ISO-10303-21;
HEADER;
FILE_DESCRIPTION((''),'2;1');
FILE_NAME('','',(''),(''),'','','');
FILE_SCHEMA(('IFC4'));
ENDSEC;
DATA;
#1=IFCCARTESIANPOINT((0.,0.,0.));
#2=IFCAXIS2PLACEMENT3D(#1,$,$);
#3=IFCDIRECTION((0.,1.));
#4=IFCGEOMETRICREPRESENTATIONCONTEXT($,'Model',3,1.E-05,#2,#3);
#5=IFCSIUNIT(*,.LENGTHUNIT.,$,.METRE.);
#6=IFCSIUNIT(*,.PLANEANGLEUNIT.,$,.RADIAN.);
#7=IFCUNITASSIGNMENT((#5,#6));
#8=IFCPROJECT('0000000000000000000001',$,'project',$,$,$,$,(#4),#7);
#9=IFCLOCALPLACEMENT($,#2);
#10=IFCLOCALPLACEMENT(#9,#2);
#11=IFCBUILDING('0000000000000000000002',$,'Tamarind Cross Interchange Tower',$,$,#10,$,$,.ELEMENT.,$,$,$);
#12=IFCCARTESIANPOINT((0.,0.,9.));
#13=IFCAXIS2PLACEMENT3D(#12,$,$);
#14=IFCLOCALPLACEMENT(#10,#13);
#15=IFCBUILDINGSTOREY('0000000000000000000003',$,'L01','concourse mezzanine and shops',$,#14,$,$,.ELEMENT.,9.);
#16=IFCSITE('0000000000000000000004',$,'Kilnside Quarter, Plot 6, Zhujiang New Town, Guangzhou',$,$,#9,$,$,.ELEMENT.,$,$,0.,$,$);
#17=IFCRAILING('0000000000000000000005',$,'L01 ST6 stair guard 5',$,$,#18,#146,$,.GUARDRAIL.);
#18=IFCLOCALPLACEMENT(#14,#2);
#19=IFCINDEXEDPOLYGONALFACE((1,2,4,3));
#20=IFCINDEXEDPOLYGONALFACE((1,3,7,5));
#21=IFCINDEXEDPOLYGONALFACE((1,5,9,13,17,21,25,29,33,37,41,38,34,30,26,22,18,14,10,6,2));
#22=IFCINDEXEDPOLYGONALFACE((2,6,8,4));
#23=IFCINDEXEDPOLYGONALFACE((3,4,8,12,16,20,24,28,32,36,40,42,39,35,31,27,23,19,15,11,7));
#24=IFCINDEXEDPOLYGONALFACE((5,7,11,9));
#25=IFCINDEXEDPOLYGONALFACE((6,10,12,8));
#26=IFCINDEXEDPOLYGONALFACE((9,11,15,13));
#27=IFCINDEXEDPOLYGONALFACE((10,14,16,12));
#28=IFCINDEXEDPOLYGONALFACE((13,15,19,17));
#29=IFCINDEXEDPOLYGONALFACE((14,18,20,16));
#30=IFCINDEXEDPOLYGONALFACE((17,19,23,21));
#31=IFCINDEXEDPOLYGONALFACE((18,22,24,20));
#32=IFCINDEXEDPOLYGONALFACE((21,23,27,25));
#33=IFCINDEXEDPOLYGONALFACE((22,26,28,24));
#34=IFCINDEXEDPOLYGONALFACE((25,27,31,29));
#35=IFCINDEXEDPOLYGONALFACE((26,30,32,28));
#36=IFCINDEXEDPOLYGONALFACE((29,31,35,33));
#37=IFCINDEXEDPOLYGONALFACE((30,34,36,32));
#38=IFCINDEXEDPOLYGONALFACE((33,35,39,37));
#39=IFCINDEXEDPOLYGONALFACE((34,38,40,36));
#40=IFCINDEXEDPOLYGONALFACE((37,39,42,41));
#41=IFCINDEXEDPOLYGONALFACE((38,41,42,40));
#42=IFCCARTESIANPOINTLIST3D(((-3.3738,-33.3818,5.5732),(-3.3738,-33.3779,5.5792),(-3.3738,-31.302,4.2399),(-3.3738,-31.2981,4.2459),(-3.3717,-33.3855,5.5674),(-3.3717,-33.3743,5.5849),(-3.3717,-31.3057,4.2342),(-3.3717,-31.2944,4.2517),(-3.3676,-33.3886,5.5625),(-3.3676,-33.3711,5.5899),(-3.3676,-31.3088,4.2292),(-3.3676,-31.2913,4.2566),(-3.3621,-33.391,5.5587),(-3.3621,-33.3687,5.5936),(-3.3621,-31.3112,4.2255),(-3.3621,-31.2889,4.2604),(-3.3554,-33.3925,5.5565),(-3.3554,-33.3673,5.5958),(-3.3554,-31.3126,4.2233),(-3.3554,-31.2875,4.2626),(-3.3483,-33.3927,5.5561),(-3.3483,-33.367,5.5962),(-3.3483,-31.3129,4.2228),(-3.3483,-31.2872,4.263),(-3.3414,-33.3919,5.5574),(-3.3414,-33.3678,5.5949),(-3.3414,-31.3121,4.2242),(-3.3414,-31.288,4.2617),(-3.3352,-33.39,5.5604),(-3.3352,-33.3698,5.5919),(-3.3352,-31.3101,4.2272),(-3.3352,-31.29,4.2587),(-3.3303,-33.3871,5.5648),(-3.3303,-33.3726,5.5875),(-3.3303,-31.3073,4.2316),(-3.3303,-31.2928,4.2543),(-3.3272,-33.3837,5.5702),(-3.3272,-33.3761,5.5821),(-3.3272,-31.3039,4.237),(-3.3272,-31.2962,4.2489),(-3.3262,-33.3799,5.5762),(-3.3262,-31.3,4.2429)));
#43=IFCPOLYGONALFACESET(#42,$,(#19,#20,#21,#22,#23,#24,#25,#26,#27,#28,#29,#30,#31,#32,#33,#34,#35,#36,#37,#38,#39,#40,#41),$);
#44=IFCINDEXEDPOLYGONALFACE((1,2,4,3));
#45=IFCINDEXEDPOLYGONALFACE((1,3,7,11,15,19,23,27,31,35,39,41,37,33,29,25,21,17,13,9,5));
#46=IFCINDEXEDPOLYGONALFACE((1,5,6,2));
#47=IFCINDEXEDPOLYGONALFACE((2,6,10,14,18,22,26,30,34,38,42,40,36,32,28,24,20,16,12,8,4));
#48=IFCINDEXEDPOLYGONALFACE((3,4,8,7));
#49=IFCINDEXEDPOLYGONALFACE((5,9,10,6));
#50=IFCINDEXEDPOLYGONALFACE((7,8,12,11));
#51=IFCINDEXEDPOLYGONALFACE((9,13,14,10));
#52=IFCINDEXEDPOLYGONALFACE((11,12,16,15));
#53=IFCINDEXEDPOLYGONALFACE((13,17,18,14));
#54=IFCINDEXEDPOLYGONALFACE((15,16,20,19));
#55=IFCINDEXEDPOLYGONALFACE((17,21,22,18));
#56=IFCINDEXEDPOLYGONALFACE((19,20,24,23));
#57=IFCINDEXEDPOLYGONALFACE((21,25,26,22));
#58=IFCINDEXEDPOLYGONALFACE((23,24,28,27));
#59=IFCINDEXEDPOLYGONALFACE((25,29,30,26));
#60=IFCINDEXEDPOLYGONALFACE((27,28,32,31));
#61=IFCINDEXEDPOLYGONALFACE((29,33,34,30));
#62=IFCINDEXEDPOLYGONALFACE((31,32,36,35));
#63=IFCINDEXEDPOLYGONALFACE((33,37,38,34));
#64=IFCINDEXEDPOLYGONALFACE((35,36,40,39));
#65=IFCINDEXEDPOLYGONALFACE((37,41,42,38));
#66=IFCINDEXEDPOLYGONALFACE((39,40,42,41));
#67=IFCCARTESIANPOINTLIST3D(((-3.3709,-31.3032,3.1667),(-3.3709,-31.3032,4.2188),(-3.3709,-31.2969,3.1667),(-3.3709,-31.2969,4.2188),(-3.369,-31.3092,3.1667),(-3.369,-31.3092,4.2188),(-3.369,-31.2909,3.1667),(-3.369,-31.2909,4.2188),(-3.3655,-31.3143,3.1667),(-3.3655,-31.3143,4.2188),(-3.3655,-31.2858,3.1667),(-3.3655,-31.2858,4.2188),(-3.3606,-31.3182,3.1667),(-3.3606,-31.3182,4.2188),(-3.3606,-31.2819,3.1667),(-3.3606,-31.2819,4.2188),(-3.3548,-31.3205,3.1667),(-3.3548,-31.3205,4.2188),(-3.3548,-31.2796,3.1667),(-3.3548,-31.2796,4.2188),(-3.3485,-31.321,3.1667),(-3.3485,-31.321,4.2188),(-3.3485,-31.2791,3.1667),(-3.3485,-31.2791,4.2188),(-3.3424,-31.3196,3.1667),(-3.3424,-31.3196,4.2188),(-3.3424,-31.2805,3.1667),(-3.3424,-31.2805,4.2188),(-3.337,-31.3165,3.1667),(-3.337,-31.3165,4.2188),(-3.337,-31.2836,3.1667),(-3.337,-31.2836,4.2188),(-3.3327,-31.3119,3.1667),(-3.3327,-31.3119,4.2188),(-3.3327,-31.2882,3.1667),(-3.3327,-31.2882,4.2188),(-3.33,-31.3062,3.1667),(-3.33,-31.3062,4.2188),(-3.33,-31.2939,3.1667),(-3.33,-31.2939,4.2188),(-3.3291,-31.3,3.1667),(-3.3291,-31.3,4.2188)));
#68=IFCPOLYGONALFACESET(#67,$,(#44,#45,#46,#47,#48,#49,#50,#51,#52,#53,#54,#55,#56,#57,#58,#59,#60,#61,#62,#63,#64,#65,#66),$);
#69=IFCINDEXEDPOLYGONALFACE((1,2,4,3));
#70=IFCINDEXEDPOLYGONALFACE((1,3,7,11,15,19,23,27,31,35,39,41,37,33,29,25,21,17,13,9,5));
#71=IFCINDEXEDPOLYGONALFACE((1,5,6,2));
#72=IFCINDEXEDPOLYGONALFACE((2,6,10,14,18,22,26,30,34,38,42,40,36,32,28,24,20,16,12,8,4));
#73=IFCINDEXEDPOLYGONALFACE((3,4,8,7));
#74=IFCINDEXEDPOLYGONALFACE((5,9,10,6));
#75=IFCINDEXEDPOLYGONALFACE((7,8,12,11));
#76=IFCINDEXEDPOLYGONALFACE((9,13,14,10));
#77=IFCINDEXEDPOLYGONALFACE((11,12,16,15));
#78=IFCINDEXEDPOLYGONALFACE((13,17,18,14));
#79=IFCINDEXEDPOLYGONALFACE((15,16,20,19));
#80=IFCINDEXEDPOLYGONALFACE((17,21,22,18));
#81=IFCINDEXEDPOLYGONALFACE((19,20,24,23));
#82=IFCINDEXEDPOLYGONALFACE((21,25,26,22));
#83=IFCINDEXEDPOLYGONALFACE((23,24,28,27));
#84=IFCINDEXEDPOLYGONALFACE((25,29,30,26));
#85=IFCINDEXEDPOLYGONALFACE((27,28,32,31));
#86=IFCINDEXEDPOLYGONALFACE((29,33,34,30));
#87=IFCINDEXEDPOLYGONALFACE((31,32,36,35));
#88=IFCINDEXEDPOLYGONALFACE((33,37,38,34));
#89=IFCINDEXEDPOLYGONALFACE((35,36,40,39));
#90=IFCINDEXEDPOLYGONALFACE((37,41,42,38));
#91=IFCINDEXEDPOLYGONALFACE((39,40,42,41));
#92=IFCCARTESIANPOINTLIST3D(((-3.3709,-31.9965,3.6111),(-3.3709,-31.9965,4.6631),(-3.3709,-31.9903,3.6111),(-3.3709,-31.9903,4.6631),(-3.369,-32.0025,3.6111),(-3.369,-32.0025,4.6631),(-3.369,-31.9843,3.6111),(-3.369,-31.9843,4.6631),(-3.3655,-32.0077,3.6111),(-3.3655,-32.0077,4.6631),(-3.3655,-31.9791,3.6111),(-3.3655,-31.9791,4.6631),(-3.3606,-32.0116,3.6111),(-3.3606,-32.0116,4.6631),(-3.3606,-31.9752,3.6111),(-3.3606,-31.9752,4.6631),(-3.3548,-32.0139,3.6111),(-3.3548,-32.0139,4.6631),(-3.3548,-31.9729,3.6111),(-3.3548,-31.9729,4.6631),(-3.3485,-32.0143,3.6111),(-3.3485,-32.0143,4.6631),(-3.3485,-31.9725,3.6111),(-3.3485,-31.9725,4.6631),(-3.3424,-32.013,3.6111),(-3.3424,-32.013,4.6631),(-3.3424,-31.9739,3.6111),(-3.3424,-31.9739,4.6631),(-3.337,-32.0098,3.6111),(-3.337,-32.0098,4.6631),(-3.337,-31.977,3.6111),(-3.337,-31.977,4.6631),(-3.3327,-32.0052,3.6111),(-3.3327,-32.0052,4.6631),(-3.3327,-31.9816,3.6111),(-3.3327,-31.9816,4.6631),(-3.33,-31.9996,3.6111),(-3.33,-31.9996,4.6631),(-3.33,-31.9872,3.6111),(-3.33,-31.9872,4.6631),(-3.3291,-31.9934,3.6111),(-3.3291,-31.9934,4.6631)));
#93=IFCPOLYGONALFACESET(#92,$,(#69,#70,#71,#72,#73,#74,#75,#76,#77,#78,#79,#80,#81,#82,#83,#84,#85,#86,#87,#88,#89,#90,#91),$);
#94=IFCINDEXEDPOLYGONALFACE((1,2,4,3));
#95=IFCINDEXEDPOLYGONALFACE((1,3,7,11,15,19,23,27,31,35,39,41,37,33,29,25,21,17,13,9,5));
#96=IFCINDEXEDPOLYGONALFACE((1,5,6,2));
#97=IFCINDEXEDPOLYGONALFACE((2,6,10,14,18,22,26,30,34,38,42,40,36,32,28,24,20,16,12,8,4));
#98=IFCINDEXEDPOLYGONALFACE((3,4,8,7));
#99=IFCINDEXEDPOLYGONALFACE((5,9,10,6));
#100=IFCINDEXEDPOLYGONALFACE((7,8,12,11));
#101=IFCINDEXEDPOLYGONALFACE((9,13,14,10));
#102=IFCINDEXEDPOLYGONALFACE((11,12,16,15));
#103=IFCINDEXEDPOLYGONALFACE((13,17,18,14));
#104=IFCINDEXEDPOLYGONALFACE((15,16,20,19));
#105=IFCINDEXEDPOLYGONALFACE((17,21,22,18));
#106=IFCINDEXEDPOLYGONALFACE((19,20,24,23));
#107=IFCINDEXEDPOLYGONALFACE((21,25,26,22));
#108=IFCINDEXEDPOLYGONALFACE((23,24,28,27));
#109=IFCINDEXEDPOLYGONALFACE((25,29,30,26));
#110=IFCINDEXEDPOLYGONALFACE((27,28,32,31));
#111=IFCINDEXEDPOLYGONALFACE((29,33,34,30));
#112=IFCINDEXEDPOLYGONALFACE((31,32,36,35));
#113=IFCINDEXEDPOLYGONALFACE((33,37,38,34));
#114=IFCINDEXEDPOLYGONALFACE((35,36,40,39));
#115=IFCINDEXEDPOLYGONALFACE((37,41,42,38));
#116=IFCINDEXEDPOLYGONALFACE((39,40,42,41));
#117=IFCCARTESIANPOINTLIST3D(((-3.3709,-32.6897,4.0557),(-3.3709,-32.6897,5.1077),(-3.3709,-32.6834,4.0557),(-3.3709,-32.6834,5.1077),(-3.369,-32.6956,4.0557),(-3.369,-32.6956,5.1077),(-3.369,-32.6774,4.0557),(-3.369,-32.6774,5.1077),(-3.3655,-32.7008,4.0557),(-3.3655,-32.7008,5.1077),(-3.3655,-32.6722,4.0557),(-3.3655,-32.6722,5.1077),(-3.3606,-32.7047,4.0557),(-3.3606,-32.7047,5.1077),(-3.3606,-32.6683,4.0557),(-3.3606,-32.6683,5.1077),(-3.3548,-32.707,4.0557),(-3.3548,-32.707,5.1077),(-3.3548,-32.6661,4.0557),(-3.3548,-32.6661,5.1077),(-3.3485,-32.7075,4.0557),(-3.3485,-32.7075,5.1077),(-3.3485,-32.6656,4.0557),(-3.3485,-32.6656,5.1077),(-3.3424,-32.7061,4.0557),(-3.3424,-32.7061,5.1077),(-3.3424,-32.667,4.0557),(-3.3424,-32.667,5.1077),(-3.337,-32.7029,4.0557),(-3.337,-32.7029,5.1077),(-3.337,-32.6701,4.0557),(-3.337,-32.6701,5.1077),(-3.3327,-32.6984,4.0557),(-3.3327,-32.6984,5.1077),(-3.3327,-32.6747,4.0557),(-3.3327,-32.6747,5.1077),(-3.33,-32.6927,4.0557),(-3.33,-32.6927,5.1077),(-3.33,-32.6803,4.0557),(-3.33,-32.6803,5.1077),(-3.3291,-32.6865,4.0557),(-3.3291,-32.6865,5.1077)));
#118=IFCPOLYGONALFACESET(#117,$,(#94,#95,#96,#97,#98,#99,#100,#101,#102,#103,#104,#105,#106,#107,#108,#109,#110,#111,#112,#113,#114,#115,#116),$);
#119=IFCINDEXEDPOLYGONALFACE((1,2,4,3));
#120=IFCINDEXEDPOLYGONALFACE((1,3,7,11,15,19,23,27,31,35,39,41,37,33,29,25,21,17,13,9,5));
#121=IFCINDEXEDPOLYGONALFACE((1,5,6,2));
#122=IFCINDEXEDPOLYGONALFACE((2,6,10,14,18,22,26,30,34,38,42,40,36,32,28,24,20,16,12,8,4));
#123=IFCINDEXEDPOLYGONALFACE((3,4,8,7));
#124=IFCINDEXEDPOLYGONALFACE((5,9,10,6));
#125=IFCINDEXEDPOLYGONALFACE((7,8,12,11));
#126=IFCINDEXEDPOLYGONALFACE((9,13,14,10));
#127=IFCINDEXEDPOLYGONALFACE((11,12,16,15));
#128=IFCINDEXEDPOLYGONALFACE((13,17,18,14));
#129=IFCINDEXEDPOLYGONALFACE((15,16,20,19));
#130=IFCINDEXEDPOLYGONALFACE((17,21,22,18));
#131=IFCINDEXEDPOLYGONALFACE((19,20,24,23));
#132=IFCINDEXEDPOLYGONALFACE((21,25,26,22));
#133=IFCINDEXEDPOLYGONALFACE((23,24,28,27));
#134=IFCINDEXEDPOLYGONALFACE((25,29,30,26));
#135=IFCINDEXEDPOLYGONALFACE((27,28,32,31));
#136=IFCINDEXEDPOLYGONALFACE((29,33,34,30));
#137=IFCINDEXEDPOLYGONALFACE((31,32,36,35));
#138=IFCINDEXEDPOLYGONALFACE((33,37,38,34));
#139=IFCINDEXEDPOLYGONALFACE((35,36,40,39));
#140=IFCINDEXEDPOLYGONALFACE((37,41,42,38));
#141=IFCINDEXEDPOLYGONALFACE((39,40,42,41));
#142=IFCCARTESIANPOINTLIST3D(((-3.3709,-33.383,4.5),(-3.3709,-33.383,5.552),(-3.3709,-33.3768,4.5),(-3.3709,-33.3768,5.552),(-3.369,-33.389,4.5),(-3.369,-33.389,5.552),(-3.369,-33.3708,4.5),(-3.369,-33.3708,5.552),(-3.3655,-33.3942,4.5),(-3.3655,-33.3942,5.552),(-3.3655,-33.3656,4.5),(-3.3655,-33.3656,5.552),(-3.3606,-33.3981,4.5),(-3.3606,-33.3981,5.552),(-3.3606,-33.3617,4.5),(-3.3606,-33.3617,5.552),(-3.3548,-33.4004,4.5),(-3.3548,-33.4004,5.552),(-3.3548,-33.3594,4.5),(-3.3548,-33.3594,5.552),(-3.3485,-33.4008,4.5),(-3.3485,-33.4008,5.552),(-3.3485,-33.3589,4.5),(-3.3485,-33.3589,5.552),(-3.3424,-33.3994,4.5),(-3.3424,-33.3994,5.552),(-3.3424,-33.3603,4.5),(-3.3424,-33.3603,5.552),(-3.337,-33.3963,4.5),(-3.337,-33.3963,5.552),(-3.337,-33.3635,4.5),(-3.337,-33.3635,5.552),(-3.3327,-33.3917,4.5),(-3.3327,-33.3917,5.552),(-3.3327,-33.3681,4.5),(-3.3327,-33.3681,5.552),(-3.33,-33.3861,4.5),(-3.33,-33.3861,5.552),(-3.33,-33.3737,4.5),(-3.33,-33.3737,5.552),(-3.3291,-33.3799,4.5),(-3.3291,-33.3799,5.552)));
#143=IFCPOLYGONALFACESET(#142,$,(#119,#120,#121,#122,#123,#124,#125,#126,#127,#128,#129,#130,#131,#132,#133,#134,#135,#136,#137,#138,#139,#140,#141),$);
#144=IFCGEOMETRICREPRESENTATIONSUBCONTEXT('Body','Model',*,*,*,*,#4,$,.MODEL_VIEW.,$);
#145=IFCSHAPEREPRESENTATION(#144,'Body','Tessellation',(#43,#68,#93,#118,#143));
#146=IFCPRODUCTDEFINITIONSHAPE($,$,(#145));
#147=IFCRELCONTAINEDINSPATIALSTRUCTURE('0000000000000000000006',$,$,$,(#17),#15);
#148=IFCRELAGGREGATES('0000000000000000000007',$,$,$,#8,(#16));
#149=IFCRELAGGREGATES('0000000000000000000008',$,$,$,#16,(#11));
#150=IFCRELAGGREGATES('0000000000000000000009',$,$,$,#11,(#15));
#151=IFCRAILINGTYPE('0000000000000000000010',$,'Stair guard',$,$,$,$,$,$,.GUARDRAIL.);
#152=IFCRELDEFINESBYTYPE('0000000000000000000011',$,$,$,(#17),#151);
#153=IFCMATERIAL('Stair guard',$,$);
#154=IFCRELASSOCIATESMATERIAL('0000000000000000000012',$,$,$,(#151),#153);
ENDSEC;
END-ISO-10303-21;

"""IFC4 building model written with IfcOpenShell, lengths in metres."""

from ifc_helpers import new_model, si_unit, direction, frame, origin, origin_2d, place, context, subcontext, project, spatial, circle, extrude, material, type_object, element, save


model = new_model("IFC4")

# Units and contexts
model_context = context("Model", 3, precision=1e-05, world=origin(), true_north=direction((0.0, 1.0)))
body_context = subcontext(model_context, "Body", "Model", "MODEL_VIEW")
ifc_project = project(units=[si_unit("LENGTHUNIT", "METRE"), si_unit("PLANEANGLEUNIT", "RADIAN")], contexts=[model_context])

# Site, building, storey
site_placement = place(None, origin())
site = spatial("IfcSite", under=ifc_project, at=site_placement, Name="Kilnside Quarter, Plot 6, Zhujiang New Town, Guangzhou", CompositionType="ELEMENT", RefElevation=0.0)
building_placement = place(site_placement, origin())
building = spatial("IfcBuilding", under=site, at=building_placement, Name="Tamarind Cross Interchange Tower", CompositionType="ELEMENT")
storey_placement = place(building_placement, frame((0.0, 0.0, 9.0)))
storey = spatial("IfcBuildingStorey", under=building, at=storey_placement, Name="L01", Description="concourse mezzanine and shops", CompositionType="ELEMENT", Elevation=9.0)

# Railing
ifc_material_1 = material(Name="Stair guard")
railing_type_1 = type_object("IfcRailingType", Name="Stair guard", PredefinedType="GUARDRAIL", material=ifc_material_1)
railing_1_placement = place(storey_placement, frame((-3.3501, -31.3, 3.1667)))
element("IfcRailing", 1, at=railing_1_placement, inside=storey, type_object=railing_type_1, Name="L01 ST6 stair guard 5", PredefinedType="GUARDRAIL", context=body_context, shape_type="SweptSolid", body=[
    extrude(circle(Radius=0.0239, at=origin_2d()), frame((0.0, 0.0, 1.0762), z_axis=(0.0, -0.841875, 0.539673), x_axis=(1.0, 0.0, 0.0)), (0.0, 0.0, 1.0), 2.4705),
    extrude(circle(Radius=0.021, at=origin_2d()), origin(), (0.0, 0.0, 1.0), 1.052),
    extrude(circle(Radius=0.021, at=origin_2d()), frame((0.0, -0.6934, 0.4443)), (0.0, 0.0, 1.0), 1.052),
    extrude(circle(Radius=0.021, at=origin_2d()), frame((0.0, -1.3865, 0.8889)), (0.0, 0.0, 1.0), 1.052),
    extrude(circle(Radius=0.021, at=origin_2d()), frame((0.0, -2.0798, 1.3333)), (0.0, 0.0, 1.0), 1.052),
])

save(model, "model.ifc")
